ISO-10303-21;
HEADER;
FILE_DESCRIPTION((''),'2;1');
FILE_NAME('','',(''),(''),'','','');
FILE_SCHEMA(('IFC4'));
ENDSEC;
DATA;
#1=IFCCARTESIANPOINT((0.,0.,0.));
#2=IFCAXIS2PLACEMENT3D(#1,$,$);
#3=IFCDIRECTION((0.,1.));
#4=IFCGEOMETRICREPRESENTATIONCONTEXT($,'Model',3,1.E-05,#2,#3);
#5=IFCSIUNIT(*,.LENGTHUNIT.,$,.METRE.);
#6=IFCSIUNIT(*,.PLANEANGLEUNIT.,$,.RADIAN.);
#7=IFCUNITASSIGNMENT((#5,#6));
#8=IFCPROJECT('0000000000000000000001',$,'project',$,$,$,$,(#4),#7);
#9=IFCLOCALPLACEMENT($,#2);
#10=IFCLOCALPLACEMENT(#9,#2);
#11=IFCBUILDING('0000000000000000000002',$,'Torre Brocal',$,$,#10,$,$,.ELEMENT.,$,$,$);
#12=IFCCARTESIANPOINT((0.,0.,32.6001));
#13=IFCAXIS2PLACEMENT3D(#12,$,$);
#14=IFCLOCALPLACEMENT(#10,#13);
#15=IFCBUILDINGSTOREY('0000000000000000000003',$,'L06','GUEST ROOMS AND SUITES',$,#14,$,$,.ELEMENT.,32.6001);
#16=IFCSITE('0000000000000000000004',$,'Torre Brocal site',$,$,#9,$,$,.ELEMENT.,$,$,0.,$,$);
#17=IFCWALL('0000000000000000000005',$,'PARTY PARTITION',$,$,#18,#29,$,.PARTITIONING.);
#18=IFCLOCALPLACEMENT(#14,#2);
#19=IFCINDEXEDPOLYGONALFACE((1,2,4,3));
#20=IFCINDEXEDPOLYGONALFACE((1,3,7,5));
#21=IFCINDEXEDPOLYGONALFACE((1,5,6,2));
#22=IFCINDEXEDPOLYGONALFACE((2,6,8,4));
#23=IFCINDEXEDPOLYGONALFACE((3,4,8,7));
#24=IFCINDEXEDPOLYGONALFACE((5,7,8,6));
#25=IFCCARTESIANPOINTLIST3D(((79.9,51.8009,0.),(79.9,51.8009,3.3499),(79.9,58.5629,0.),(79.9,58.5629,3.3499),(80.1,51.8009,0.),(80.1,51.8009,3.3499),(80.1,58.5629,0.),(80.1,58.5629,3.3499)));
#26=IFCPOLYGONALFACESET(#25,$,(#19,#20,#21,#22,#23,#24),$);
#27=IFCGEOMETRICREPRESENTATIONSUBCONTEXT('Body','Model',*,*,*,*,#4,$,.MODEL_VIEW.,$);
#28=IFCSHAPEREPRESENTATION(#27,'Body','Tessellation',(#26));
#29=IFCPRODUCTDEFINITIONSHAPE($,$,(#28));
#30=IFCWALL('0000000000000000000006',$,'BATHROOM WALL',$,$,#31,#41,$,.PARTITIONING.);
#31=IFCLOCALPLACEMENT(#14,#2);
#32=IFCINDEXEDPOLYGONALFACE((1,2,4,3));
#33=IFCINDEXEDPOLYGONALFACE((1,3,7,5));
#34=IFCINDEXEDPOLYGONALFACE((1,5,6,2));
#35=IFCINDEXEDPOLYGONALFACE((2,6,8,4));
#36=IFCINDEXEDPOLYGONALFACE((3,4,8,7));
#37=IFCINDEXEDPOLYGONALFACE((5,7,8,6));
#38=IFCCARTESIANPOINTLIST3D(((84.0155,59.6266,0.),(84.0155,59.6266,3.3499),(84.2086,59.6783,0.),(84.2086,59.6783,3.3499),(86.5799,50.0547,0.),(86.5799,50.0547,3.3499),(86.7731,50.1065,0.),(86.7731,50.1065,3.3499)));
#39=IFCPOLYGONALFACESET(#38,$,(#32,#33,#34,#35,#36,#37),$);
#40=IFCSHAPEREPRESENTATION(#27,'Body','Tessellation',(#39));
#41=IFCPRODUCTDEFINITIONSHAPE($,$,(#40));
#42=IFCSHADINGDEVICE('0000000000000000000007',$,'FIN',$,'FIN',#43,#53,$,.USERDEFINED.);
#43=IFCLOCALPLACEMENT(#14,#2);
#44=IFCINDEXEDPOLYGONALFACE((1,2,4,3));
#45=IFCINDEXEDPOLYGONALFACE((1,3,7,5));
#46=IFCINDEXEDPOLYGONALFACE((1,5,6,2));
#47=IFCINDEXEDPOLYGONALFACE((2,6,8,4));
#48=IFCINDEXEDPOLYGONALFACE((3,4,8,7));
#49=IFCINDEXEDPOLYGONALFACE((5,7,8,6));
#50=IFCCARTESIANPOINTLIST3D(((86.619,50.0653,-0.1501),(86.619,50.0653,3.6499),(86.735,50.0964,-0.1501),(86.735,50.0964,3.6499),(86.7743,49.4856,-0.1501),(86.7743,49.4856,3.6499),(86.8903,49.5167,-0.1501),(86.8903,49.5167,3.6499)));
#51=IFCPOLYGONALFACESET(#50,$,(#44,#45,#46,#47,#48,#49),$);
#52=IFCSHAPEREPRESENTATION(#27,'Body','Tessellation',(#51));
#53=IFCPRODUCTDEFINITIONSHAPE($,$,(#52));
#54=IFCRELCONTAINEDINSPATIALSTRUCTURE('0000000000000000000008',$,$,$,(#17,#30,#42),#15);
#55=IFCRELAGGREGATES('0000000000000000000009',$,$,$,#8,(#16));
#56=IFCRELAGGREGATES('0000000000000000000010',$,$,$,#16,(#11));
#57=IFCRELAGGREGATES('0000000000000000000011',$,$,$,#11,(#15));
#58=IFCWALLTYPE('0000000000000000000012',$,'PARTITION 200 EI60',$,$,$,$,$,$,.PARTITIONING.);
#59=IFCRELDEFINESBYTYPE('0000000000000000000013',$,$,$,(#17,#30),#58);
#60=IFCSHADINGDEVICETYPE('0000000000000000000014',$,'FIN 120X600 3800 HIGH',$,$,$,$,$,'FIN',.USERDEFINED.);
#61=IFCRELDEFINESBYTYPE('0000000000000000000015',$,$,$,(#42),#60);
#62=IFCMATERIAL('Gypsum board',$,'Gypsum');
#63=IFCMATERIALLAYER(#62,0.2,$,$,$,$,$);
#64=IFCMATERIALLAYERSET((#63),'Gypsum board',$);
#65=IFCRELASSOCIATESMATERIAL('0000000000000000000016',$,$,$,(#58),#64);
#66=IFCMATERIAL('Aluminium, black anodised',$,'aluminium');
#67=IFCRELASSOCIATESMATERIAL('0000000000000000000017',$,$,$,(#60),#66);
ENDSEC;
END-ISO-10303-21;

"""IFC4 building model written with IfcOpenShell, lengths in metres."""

from ifc_helpers import new_model, si_unit, direction, frame, frame_2d, origin, origin_2d, place, context, subcontext, project, spatial, rectangle, extrude, material, layer, layer_set, material_profile, profile_set, type_object, element, save


model = new_model("IFC4")

# Units and contexts
model_context = context("Model", 3, precision=1e-05, world=origin(), true_north=direction((0.0, 1.0)))
body_context = subcontext(model_context, "Body", "Model", "MODEL_VIEW")
ifc_project = project(units=[si_unit("LENGTHUNIT", "METRE"), si_unit("PLANEANGLEUNIT", "RADIAN")], contexts=[model_context])

# Site, building, storey
site_placement = place(None, origin())
site = spatial("IfcSite", under=ifc_project, at=site_placement, Name="Torre Brocal site", CompositionType="ELEMENT", RefElevation=0.0)
building_placement = place(site_placement, origin())
building = spatial("IfcBuilding", under=site, at=building_placement, Name="Torre Brocal", CompositionType="ELEMENT")
storey_placement = place(building_placement, frame((0.0, 0.0, 32.6001)))
storey = spatial("IfcBuildingStorey", under=building, at=storey_placement, Name="L06", Description="GUEST ROOMS AND SUITES", CompositionType="ELEMENT", Elevation=32.6001)

# Walls
ifc_material_1 = material(Name="Gypsum board", Category="Gypsum")
ifc_layer_1 = layer(ifc_material_1, 0.2)
ifc_layer_set_1 = layer_set([ifc_layer_1], Name="Gypsum board")
wall_type_1 = type_object("IfcWallType", Name="PARTITION 200 EI60", PredefinedType="PARTITIONING", material=ifc_layer_set_1)
wall_1_placement = place(storey_placement, frame((80.0, 51.801, 0.0), z_axis=(0.0, 0.0, 1.0), x_axis=(0.0, 1.0, 0.0)))
element("IfcWall", 1, at=wall_1_placement, inside=storey, type_object=wall_type_1, Name="PARTY PARTITION", PredefinedType="PARTITIONING", context=body_context, shape_type="SweptSolid", body=[
    extrude(rectangle(XDim=6.762, YDim=0.2, at=frame_2d((3.3809, 0.0))), origin(), (0.0, 0.0, 1.0), 3.3499),
])
wall_2_placement = place(storey_placement, frame((84.1121, 59.6523, 0.0), z_axis=(0.0, 0.0, 1.0), x_axis=(0.258791, -0.965933, 0.0)))
element("IfcWall", 2, at=wall_2_placement, inside=storey, type_object=wall_type_1, Name="BATHROOM WALL", PredefinedType="PARTITIONING", context=body_context, shape_type="SweptSolid", body=[
    extrude(rectangle(XDim=9.9094, YDim=0.2, at=frame_2d((4.9546, 0.0))), origin(), (0.0, 0.0, 1.0), 3.3499),
])

# Shading device
ifc_material_2 = material(Name="Aluminium, black anodised", Category="aluminium")
ifc_material_profile_1 = material_profile(ifc_material_2, rectangle(XDim=0.1201, YDim=0.6001, at=origin_2d()), Name="FIN 120X600 3800 HIGH")
ifc_profile_set_1 = profile_set([ifc_material_profile_1], Name="Aluminium, black anodised")
shading_device_type = type_object("IfcShadingDeviceType", Name="FIN 120X600 3800 HIGH", ElementType="FIN", PredefinedType="USERDEFINED", material=ifc_profile_set_1)
shading_device_placement = place(storey_placement, frame((86.7546, 49.791, -0.1501), z_axis=(0.0, 0.0, 1.0), x_axis=(0.965926, 0.258819, 0.0)))
element("IfcShadingDevice", 3, at=shading_device_placement, inside=storey, type_object=shading_device_type, Name="FIN", ObjectType="FIN", PredefinedType="USERDEFINED", context=body_context, shape_type="SweptSolid", body=[
    extrude(rectangle(XDim=0.1201, YDim=0.6001, at=origin_2d()), origin(), (0.0, 0.0, 1.0), 3.8),
])

save(model, "model.ifc")
